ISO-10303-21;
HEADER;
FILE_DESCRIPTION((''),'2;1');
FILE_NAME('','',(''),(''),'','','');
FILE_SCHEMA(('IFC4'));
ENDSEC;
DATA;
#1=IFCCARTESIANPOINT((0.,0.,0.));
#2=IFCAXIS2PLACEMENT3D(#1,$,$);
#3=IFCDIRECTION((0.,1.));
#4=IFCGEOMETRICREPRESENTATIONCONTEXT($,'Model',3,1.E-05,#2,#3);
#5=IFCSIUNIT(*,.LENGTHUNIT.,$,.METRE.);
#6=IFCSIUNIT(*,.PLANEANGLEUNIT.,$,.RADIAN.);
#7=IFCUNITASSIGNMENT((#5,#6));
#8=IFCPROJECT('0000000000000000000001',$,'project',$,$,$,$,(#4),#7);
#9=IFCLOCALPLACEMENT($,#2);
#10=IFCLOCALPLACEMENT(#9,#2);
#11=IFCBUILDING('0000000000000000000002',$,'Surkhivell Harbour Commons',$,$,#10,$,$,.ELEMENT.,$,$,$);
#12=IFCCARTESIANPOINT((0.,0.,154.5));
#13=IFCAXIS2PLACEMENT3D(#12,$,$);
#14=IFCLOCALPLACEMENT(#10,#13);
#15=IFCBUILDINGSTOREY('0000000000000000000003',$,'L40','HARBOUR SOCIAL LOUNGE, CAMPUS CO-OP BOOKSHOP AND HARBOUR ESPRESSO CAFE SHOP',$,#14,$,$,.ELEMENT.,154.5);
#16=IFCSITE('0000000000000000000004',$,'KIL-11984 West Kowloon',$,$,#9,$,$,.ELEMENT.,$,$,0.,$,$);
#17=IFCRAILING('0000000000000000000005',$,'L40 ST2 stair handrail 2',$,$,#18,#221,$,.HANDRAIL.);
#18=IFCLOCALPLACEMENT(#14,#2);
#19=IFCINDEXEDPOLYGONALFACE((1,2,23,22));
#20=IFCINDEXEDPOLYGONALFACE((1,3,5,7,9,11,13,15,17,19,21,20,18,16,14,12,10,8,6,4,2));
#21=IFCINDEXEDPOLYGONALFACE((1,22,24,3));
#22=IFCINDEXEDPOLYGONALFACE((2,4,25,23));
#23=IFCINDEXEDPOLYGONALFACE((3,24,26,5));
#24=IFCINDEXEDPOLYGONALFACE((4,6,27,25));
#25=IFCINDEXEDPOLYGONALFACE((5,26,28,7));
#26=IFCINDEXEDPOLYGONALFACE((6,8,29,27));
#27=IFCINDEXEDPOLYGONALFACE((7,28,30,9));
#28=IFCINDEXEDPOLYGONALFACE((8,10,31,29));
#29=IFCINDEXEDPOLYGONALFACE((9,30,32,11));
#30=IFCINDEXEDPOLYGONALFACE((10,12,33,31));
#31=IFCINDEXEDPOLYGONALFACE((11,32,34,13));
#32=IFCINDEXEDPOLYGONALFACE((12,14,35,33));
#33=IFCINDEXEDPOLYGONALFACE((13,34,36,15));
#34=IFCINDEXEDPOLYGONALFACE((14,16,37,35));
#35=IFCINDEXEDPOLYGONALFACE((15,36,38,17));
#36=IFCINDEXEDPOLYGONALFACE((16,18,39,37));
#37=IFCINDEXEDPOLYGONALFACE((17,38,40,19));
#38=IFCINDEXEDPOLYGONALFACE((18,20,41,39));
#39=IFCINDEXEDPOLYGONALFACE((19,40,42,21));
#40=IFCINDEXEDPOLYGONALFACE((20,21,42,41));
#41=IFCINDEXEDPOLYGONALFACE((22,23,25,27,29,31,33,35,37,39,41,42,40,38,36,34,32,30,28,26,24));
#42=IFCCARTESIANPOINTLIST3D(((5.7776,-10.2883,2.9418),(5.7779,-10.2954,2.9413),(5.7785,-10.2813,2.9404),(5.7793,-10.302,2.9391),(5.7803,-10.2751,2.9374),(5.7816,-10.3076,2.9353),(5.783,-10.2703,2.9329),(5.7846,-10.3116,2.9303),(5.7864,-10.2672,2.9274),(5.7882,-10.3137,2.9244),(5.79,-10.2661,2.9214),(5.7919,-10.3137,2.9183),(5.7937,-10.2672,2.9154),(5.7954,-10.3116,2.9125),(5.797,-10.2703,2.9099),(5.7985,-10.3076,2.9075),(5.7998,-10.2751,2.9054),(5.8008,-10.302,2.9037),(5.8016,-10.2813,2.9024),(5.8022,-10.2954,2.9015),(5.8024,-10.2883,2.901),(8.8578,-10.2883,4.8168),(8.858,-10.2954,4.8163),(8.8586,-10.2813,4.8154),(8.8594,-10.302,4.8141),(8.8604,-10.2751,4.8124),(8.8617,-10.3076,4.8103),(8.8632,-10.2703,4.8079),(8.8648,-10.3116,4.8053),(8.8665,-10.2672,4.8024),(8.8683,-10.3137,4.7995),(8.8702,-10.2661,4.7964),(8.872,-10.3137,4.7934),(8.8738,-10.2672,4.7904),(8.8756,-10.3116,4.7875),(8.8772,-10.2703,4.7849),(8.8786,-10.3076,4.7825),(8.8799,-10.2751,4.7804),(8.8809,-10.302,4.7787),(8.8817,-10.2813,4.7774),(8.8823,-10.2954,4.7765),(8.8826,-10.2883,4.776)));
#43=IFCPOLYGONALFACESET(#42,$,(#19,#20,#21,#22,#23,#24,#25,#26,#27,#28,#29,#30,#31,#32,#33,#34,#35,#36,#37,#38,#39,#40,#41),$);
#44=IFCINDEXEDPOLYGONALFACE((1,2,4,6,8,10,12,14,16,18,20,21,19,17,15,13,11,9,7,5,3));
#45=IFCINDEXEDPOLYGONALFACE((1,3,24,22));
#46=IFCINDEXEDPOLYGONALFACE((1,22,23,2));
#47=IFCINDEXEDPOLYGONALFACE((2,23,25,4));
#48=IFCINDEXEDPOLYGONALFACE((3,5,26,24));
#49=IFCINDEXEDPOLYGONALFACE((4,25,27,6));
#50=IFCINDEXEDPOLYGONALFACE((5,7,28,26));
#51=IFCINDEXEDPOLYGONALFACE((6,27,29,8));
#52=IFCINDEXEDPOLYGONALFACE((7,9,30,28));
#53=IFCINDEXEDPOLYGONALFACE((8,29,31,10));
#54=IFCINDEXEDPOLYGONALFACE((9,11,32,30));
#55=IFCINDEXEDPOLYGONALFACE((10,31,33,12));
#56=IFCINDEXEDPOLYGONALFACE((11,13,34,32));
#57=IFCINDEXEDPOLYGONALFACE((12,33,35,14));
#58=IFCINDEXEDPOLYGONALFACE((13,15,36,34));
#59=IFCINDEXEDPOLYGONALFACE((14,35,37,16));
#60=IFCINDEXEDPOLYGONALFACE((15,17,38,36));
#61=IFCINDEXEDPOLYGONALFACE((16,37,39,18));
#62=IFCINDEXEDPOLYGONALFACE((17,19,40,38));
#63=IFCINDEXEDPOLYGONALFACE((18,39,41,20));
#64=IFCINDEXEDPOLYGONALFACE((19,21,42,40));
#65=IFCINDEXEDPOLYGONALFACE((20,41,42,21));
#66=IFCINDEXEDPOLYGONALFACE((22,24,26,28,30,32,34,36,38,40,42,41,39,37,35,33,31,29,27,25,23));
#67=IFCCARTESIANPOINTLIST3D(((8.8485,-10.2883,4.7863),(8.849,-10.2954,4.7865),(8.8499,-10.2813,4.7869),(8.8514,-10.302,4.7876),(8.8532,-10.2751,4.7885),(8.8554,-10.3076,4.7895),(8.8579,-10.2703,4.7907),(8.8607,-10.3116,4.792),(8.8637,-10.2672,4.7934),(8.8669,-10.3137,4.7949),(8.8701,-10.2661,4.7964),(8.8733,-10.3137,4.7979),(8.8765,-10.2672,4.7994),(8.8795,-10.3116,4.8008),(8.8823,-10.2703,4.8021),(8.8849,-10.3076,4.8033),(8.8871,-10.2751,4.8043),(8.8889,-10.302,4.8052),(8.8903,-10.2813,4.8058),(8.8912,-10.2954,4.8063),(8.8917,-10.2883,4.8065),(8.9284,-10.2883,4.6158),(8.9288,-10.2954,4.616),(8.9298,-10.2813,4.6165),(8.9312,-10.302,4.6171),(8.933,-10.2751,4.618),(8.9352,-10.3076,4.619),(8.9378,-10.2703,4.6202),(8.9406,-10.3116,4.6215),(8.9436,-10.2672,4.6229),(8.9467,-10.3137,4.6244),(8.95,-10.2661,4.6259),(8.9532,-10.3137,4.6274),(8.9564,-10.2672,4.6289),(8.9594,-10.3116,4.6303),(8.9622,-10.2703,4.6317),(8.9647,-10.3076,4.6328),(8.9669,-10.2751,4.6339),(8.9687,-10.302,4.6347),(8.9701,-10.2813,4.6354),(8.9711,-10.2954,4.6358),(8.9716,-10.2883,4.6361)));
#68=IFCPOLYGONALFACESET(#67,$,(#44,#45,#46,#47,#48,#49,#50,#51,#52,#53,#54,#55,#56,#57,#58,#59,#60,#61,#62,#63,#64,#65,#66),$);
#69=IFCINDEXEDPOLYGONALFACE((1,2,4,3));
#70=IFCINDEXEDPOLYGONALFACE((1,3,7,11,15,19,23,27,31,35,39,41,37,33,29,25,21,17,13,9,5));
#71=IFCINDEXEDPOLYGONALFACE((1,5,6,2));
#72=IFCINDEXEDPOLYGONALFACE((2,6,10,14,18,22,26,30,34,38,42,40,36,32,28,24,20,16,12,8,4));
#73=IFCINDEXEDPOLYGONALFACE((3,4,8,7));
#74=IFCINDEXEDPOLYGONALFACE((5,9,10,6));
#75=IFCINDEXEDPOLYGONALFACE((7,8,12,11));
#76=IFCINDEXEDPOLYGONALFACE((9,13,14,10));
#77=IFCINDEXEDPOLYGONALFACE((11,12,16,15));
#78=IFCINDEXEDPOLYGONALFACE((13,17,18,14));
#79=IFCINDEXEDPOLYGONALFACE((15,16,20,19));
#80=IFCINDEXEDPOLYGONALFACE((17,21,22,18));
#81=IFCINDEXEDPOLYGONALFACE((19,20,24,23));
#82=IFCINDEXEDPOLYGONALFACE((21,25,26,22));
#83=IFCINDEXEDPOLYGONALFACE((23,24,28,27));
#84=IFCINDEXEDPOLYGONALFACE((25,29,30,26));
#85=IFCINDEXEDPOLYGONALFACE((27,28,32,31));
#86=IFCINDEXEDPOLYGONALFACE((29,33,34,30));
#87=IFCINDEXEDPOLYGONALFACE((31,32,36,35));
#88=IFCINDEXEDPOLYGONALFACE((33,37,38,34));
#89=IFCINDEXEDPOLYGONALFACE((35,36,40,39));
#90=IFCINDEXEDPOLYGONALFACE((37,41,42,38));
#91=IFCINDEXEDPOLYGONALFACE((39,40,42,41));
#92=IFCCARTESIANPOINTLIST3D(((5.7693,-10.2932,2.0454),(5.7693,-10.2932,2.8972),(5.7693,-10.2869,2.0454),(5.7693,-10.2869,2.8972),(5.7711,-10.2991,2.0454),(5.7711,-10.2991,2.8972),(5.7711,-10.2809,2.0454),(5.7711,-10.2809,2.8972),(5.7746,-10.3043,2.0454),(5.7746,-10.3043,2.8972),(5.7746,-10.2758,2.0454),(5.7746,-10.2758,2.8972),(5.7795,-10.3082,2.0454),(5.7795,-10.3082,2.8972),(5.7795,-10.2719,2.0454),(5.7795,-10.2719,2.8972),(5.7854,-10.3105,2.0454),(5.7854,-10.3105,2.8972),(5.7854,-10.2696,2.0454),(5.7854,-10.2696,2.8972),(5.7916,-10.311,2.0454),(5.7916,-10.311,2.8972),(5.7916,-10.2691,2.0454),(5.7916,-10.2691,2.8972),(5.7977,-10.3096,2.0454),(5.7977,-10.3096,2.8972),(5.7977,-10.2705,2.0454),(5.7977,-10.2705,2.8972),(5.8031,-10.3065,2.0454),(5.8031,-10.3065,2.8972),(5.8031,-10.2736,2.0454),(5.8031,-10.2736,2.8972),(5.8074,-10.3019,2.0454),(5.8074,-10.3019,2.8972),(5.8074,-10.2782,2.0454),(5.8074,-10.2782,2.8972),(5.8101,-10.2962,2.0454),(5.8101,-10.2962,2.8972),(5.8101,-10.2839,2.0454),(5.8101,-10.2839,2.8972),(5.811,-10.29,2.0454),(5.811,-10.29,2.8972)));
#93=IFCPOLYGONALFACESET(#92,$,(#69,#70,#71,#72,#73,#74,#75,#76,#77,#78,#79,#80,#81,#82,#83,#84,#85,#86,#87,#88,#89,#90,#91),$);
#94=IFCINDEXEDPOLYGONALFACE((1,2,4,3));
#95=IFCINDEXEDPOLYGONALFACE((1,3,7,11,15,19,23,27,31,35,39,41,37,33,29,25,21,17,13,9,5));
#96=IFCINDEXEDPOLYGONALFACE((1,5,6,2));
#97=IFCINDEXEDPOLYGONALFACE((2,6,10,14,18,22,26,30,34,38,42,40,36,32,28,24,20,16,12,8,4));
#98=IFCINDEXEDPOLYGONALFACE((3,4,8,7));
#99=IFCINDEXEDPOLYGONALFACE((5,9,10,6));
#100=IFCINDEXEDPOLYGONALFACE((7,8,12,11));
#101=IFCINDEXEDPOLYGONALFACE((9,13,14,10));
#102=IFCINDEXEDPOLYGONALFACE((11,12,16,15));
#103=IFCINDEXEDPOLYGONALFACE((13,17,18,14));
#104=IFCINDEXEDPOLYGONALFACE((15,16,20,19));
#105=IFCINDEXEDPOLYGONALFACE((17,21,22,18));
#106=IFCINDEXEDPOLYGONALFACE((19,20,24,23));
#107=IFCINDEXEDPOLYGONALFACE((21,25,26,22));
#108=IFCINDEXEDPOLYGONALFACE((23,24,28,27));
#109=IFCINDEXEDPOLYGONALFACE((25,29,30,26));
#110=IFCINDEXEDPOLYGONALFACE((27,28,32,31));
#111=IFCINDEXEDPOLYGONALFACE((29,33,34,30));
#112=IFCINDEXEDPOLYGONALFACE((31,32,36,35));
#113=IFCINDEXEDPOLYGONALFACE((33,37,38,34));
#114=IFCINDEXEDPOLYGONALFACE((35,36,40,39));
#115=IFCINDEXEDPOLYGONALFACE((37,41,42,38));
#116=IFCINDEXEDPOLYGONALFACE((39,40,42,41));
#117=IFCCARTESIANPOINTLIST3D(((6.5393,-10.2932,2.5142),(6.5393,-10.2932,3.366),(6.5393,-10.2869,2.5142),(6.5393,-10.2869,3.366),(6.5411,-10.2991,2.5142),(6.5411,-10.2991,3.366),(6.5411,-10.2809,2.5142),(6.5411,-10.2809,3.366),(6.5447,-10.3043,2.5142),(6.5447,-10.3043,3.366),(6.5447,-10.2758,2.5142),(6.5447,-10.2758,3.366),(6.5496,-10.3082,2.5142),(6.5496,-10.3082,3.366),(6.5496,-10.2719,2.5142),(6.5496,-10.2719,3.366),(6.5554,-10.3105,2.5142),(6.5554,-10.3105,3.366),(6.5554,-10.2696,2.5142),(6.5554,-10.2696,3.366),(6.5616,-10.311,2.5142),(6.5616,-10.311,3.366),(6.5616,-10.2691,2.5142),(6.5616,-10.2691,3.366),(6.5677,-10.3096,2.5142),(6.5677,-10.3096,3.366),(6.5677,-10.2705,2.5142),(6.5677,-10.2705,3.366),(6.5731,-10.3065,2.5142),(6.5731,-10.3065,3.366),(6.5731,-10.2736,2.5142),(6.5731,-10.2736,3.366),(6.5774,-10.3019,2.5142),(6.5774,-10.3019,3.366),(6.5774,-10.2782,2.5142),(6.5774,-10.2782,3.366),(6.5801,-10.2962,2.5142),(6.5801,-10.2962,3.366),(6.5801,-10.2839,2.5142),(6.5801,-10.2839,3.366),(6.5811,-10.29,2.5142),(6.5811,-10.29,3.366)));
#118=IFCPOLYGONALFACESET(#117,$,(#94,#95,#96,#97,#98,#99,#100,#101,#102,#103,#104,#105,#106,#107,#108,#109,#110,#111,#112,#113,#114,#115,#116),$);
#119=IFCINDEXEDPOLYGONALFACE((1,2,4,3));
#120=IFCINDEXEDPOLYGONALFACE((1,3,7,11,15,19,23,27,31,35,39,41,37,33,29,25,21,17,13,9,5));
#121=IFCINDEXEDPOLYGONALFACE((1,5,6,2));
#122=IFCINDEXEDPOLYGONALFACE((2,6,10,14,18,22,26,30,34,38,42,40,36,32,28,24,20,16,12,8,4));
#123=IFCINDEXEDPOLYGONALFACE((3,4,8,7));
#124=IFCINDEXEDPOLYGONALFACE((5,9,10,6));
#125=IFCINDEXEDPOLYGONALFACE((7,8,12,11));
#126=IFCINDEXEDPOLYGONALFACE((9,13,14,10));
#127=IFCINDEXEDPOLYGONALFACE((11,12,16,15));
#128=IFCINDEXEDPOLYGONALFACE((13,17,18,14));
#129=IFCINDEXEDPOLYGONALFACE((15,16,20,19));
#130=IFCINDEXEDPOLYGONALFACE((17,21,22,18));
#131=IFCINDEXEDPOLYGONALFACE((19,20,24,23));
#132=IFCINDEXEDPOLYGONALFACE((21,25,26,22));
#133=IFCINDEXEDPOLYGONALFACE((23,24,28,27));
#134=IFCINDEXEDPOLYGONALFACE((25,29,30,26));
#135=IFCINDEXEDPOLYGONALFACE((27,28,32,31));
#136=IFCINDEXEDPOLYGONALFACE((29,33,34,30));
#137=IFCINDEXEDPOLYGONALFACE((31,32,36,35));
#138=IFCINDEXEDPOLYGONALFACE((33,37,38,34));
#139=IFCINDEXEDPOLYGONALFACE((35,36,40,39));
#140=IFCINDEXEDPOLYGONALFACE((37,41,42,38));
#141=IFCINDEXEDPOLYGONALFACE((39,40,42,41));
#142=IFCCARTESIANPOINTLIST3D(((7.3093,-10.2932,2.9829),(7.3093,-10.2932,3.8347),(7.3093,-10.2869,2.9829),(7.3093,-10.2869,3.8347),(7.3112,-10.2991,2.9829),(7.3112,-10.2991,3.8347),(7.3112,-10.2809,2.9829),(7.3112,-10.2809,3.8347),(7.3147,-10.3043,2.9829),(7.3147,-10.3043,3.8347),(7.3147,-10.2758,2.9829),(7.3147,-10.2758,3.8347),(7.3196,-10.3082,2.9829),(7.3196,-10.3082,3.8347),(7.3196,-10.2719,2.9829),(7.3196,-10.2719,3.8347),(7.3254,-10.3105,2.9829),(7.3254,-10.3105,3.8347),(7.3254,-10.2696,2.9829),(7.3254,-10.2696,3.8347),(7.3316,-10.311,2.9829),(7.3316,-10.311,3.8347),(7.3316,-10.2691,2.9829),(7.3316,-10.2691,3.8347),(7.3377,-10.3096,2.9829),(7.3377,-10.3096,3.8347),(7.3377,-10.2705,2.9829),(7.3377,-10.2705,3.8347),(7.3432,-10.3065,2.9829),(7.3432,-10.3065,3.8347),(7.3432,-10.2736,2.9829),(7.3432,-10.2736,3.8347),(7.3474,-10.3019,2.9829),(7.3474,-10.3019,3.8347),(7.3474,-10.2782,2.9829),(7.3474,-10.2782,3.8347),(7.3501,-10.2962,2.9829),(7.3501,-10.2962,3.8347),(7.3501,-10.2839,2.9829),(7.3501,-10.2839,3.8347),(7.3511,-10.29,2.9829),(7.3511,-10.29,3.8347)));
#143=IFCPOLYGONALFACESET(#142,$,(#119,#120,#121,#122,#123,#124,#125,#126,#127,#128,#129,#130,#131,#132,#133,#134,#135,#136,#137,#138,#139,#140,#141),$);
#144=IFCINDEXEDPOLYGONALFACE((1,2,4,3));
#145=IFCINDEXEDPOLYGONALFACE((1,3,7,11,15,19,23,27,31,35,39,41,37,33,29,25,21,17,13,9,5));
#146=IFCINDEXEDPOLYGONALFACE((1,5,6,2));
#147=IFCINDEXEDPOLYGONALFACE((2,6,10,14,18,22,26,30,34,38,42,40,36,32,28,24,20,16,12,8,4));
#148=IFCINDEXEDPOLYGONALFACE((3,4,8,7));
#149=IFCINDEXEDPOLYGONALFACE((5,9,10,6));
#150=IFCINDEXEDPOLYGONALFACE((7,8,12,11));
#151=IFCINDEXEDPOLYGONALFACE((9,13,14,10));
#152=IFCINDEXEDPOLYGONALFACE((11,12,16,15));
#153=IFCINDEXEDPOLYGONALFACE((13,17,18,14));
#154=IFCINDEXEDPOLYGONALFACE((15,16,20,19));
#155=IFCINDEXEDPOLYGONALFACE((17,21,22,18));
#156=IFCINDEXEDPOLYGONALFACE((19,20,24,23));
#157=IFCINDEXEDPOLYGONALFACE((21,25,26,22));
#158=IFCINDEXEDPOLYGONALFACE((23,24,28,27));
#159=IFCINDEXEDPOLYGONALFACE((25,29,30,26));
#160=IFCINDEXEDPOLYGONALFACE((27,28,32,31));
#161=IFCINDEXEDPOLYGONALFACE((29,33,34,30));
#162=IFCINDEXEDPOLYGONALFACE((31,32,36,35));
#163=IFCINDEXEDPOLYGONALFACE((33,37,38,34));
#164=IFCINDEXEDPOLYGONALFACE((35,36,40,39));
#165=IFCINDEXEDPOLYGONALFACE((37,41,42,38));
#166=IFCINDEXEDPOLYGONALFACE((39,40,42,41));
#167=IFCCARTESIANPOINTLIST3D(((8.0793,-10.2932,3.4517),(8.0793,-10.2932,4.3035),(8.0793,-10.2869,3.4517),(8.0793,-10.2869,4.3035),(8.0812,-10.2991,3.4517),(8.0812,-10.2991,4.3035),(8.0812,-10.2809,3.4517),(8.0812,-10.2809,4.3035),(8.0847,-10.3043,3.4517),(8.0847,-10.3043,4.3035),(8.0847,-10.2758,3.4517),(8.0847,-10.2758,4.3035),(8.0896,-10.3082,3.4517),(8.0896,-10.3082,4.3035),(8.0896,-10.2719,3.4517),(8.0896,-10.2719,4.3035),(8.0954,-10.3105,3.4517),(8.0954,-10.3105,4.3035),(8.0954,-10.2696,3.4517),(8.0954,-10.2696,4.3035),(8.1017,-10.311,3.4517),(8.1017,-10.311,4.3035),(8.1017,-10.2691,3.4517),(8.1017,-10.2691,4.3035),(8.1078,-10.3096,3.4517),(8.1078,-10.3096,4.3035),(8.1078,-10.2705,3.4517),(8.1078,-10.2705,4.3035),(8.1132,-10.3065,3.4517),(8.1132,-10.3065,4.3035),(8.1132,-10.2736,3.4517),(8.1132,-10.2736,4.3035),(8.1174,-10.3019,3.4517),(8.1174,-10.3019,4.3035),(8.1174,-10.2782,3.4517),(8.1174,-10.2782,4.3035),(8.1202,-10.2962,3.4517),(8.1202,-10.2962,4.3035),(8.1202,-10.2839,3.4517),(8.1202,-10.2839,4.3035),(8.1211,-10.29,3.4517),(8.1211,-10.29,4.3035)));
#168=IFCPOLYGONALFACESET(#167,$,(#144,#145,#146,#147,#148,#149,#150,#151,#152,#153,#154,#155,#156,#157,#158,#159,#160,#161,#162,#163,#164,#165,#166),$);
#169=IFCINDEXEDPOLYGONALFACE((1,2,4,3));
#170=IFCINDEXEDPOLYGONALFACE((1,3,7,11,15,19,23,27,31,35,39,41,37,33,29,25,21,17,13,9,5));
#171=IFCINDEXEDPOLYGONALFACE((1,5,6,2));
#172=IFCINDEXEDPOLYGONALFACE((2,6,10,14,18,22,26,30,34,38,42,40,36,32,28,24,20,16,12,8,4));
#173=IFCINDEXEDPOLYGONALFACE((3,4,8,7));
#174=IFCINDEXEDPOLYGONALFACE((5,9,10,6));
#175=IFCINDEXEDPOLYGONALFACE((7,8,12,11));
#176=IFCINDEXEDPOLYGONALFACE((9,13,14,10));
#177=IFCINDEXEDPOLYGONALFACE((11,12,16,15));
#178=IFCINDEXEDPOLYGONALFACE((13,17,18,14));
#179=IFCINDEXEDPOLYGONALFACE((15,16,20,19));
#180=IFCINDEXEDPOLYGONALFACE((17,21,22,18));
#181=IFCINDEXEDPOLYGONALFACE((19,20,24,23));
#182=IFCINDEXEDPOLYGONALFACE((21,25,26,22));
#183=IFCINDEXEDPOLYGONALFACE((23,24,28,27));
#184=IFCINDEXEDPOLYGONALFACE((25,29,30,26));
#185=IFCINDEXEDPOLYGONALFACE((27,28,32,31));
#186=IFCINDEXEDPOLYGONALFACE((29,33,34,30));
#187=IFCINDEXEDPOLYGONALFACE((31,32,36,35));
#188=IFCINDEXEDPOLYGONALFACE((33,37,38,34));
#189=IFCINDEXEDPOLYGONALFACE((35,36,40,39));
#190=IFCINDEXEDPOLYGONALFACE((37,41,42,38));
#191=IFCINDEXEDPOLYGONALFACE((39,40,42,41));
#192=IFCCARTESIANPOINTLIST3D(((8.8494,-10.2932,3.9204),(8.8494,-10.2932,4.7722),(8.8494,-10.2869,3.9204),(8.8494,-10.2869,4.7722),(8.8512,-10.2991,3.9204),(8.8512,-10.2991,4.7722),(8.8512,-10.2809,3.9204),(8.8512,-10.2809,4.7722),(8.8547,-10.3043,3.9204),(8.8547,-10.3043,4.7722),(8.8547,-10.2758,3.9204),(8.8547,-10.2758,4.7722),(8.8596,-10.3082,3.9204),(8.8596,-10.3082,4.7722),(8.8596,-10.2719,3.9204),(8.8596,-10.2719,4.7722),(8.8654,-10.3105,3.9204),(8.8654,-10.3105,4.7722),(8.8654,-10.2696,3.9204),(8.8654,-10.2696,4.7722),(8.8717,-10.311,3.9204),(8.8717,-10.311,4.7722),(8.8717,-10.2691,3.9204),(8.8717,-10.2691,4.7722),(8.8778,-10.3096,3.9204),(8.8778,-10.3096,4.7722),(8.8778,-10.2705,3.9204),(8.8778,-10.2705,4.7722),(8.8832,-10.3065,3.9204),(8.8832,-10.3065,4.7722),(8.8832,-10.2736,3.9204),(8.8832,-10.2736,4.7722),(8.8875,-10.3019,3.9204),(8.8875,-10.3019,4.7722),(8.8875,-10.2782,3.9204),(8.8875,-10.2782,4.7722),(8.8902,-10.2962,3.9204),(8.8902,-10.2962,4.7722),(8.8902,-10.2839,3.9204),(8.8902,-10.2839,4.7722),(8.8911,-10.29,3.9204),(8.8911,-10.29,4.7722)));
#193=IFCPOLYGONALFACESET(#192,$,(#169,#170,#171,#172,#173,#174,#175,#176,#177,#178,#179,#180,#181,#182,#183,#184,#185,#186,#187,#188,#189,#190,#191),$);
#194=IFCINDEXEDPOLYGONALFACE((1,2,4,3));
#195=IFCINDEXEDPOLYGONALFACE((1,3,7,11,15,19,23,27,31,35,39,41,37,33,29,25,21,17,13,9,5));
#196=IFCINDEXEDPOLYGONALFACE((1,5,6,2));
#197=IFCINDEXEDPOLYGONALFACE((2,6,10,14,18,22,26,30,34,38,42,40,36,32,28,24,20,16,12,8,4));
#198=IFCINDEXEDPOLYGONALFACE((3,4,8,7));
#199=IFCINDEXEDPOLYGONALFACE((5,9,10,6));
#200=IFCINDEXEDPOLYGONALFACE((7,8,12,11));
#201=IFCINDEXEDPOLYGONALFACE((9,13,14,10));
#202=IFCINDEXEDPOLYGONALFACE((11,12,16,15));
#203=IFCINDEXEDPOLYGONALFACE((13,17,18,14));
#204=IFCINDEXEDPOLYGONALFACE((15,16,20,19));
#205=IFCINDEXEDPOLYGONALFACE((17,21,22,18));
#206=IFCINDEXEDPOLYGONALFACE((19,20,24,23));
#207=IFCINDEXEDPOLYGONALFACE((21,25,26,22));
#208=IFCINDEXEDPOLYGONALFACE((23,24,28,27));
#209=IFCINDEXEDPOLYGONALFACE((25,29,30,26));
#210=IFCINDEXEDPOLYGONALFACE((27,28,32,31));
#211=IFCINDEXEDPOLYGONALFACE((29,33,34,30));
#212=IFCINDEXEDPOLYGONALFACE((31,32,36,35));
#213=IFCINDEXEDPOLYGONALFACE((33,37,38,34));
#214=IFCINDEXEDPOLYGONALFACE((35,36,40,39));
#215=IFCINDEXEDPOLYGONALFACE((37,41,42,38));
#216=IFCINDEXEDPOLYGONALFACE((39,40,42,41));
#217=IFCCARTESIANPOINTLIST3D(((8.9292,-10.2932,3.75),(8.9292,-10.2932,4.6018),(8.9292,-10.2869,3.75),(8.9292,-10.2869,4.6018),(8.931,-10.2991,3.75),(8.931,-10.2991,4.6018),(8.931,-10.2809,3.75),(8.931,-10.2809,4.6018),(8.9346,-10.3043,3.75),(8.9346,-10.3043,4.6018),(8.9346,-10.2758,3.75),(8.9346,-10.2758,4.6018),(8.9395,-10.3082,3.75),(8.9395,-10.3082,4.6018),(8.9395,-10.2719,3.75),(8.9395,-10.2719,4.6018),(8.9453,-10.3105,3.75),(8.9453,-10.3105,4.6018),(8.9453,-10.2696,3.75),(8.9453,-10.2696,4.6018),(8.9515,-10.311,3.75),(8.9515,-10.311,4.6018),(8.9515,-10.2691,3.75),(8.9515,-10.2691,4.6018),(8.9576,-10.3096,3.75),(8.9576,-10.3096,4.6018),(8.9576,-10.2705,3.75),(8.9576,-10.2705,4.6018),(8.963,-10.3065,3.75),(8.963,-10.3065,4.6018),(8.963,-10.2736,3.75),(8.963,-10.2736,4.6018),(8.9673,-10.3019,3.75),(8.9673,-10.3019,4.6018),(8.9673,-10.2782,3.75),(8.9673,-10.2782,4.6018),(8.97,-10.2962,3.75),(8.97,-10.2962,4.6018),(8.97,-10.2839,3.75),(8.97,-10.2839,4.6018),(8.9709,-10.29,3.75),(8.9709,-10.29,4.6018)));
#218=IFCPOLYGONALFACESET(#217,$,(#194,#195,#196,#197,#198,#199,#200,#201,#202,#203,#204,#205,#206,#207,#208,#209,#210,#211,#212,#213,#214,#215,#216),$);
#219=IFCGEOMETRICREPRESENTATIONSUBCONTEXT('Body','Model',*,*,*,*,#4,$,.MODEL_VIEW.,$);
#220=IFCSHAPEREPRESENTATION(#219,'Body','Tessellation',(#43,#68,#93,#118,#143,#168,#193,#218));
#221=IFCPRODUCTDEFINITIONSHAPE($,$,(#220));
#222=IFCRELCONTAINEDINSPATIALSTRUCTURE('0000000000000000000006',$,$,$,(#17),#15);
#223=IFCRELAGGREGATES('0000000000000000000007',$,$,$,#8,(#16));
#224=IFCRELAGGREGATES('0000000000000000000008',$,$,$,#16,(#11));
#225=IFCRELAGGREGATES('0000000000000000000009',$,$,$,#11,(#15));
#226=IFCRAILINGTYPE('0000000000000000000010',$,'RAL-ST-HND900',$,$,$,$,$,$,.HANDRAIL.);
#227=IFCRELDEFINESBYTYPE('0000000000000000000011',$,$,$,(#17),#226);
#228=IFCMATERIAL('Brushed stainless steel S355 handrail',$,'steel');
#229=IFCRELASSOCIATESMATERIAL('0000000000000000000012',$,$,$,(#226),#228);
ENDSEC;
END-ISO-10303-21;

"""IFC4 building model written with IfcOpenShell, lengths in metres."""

from ifc_helpers import new_model, si_unit, direction, frame, origin, origin_2d, place, context, subcontext, project, spatial, circle, extrude, material, type_object, element, save


model = new_model("IFC4")

# Units and contexts
model_context = context("Model", 3, precision=1e-05, world=origin(), true_north=direction((0.0, 1.0)))
body_context = subcontext(model_context, "Body", "Model", "MODEL_VIEW")
ifc_project = project(units=[si_unit("LENGTHUNIT", "METRE"), si_unit("PLANEANGLEUNIT", "RADIAN")], contexts=[model_context])

# Site, building, storey
site_placement = place(None, origin())
site = spatial("IfcSite", under=ifc_project, at=site_placement, Name="KIL-11984 West Kowloon", CompositionType="ELEMENT", RefElevation=0.0)
building_placement = place(site_placement, origin())
building = spatial("IfcBuilding", under=site, at=building_placement, Name="Surkhivell Harbour Commons", CompositionType="ELEMENT")
storey_placement = place(building_placement, frame((0.0, 0.0, 154.5)))
storey = spatial("IfcBuildingStorey", under=building, at=storey_placement, Name="L40", Description="HARBOUR SOCIAL LOUNGE, CAMPUS CO-OP BOOKSHOP AND HARBOUR ESPRESSO CAFE SHOP", CompositionType="ELEMENT", Elevation=154.5)

# Railing
ifc_material_1 = material(Name="Brushed stainless steel S355 handrail", Category="steel")
railing_type_1 = type_object("IfcRailingType", Name="RAL-ST-HND900", PredefinedType="HANDRAIL", material=ifc_material_1)
railing_1_placement = place(storey_placement, frame((5.79, -10.29, 2.0454)))
element("IfcRailing", 1, at=railing_1_placement, inside=storey, type_object=railing_type_1, Name="L40 ST2 stair handrail 2", PredefinedType="HANDRAIL", context=body_context, shape_type="SweptSolid", body=[
    extrude(circle(Radius=0.0239, at=origin_2d()), frame((0.0, 0.0, 0.876), z_axis=(0.854178, 0.0, 0.519981), x_axis=(0.0, 1.0, 0.0)), (0.0, 0.0, 1.0), 3.606),
    extrude(circle(Radius=0.0239, at=origin_2d()), frame((3.0801, 0.0, 2.751), z_axis=(0.424234, 0.0, -0.905552), x_axis=(0.0, 1.0, 0.0)), (0.0, 0.0, 1.0), 0.1882),
    extrude(circle(Radius=0.021, at=origin_2d()), origin(), (0.0, 0.0, 1.0), 0.8518),
    extrude(circle(Radius=0.021, at=origin_2d()), frame((0.77, 0.0, 0.4688)), (0.0, 0.0, 1.0), 0.8518),
    extrude(circle(Radius=0.021, at=origin_2d()), frame((1.54, 0.0, 0.9375)), (0.0, 0.0, 1.0), 0.8518),
    extrude(circle(Radius=0.021, at=origin_2d()), frame((2.3101, 0.0, 1.4062)), (0.0, 0.0, 1.0), 0.8518),
    extrude(circle(Radius=0.021, at=origin_2d()), frame((3.0801, 0.0, 1.875)), (0.0, 0.0, 1.0), 0.8518),
    extrude(circle(Radius=0.021, at=origin_2d()), frame((3.1599, 0.0, 1.7046)), (0.0, 0.0, 1.0), 0.8518),
])

save(model, "model.ifc")
